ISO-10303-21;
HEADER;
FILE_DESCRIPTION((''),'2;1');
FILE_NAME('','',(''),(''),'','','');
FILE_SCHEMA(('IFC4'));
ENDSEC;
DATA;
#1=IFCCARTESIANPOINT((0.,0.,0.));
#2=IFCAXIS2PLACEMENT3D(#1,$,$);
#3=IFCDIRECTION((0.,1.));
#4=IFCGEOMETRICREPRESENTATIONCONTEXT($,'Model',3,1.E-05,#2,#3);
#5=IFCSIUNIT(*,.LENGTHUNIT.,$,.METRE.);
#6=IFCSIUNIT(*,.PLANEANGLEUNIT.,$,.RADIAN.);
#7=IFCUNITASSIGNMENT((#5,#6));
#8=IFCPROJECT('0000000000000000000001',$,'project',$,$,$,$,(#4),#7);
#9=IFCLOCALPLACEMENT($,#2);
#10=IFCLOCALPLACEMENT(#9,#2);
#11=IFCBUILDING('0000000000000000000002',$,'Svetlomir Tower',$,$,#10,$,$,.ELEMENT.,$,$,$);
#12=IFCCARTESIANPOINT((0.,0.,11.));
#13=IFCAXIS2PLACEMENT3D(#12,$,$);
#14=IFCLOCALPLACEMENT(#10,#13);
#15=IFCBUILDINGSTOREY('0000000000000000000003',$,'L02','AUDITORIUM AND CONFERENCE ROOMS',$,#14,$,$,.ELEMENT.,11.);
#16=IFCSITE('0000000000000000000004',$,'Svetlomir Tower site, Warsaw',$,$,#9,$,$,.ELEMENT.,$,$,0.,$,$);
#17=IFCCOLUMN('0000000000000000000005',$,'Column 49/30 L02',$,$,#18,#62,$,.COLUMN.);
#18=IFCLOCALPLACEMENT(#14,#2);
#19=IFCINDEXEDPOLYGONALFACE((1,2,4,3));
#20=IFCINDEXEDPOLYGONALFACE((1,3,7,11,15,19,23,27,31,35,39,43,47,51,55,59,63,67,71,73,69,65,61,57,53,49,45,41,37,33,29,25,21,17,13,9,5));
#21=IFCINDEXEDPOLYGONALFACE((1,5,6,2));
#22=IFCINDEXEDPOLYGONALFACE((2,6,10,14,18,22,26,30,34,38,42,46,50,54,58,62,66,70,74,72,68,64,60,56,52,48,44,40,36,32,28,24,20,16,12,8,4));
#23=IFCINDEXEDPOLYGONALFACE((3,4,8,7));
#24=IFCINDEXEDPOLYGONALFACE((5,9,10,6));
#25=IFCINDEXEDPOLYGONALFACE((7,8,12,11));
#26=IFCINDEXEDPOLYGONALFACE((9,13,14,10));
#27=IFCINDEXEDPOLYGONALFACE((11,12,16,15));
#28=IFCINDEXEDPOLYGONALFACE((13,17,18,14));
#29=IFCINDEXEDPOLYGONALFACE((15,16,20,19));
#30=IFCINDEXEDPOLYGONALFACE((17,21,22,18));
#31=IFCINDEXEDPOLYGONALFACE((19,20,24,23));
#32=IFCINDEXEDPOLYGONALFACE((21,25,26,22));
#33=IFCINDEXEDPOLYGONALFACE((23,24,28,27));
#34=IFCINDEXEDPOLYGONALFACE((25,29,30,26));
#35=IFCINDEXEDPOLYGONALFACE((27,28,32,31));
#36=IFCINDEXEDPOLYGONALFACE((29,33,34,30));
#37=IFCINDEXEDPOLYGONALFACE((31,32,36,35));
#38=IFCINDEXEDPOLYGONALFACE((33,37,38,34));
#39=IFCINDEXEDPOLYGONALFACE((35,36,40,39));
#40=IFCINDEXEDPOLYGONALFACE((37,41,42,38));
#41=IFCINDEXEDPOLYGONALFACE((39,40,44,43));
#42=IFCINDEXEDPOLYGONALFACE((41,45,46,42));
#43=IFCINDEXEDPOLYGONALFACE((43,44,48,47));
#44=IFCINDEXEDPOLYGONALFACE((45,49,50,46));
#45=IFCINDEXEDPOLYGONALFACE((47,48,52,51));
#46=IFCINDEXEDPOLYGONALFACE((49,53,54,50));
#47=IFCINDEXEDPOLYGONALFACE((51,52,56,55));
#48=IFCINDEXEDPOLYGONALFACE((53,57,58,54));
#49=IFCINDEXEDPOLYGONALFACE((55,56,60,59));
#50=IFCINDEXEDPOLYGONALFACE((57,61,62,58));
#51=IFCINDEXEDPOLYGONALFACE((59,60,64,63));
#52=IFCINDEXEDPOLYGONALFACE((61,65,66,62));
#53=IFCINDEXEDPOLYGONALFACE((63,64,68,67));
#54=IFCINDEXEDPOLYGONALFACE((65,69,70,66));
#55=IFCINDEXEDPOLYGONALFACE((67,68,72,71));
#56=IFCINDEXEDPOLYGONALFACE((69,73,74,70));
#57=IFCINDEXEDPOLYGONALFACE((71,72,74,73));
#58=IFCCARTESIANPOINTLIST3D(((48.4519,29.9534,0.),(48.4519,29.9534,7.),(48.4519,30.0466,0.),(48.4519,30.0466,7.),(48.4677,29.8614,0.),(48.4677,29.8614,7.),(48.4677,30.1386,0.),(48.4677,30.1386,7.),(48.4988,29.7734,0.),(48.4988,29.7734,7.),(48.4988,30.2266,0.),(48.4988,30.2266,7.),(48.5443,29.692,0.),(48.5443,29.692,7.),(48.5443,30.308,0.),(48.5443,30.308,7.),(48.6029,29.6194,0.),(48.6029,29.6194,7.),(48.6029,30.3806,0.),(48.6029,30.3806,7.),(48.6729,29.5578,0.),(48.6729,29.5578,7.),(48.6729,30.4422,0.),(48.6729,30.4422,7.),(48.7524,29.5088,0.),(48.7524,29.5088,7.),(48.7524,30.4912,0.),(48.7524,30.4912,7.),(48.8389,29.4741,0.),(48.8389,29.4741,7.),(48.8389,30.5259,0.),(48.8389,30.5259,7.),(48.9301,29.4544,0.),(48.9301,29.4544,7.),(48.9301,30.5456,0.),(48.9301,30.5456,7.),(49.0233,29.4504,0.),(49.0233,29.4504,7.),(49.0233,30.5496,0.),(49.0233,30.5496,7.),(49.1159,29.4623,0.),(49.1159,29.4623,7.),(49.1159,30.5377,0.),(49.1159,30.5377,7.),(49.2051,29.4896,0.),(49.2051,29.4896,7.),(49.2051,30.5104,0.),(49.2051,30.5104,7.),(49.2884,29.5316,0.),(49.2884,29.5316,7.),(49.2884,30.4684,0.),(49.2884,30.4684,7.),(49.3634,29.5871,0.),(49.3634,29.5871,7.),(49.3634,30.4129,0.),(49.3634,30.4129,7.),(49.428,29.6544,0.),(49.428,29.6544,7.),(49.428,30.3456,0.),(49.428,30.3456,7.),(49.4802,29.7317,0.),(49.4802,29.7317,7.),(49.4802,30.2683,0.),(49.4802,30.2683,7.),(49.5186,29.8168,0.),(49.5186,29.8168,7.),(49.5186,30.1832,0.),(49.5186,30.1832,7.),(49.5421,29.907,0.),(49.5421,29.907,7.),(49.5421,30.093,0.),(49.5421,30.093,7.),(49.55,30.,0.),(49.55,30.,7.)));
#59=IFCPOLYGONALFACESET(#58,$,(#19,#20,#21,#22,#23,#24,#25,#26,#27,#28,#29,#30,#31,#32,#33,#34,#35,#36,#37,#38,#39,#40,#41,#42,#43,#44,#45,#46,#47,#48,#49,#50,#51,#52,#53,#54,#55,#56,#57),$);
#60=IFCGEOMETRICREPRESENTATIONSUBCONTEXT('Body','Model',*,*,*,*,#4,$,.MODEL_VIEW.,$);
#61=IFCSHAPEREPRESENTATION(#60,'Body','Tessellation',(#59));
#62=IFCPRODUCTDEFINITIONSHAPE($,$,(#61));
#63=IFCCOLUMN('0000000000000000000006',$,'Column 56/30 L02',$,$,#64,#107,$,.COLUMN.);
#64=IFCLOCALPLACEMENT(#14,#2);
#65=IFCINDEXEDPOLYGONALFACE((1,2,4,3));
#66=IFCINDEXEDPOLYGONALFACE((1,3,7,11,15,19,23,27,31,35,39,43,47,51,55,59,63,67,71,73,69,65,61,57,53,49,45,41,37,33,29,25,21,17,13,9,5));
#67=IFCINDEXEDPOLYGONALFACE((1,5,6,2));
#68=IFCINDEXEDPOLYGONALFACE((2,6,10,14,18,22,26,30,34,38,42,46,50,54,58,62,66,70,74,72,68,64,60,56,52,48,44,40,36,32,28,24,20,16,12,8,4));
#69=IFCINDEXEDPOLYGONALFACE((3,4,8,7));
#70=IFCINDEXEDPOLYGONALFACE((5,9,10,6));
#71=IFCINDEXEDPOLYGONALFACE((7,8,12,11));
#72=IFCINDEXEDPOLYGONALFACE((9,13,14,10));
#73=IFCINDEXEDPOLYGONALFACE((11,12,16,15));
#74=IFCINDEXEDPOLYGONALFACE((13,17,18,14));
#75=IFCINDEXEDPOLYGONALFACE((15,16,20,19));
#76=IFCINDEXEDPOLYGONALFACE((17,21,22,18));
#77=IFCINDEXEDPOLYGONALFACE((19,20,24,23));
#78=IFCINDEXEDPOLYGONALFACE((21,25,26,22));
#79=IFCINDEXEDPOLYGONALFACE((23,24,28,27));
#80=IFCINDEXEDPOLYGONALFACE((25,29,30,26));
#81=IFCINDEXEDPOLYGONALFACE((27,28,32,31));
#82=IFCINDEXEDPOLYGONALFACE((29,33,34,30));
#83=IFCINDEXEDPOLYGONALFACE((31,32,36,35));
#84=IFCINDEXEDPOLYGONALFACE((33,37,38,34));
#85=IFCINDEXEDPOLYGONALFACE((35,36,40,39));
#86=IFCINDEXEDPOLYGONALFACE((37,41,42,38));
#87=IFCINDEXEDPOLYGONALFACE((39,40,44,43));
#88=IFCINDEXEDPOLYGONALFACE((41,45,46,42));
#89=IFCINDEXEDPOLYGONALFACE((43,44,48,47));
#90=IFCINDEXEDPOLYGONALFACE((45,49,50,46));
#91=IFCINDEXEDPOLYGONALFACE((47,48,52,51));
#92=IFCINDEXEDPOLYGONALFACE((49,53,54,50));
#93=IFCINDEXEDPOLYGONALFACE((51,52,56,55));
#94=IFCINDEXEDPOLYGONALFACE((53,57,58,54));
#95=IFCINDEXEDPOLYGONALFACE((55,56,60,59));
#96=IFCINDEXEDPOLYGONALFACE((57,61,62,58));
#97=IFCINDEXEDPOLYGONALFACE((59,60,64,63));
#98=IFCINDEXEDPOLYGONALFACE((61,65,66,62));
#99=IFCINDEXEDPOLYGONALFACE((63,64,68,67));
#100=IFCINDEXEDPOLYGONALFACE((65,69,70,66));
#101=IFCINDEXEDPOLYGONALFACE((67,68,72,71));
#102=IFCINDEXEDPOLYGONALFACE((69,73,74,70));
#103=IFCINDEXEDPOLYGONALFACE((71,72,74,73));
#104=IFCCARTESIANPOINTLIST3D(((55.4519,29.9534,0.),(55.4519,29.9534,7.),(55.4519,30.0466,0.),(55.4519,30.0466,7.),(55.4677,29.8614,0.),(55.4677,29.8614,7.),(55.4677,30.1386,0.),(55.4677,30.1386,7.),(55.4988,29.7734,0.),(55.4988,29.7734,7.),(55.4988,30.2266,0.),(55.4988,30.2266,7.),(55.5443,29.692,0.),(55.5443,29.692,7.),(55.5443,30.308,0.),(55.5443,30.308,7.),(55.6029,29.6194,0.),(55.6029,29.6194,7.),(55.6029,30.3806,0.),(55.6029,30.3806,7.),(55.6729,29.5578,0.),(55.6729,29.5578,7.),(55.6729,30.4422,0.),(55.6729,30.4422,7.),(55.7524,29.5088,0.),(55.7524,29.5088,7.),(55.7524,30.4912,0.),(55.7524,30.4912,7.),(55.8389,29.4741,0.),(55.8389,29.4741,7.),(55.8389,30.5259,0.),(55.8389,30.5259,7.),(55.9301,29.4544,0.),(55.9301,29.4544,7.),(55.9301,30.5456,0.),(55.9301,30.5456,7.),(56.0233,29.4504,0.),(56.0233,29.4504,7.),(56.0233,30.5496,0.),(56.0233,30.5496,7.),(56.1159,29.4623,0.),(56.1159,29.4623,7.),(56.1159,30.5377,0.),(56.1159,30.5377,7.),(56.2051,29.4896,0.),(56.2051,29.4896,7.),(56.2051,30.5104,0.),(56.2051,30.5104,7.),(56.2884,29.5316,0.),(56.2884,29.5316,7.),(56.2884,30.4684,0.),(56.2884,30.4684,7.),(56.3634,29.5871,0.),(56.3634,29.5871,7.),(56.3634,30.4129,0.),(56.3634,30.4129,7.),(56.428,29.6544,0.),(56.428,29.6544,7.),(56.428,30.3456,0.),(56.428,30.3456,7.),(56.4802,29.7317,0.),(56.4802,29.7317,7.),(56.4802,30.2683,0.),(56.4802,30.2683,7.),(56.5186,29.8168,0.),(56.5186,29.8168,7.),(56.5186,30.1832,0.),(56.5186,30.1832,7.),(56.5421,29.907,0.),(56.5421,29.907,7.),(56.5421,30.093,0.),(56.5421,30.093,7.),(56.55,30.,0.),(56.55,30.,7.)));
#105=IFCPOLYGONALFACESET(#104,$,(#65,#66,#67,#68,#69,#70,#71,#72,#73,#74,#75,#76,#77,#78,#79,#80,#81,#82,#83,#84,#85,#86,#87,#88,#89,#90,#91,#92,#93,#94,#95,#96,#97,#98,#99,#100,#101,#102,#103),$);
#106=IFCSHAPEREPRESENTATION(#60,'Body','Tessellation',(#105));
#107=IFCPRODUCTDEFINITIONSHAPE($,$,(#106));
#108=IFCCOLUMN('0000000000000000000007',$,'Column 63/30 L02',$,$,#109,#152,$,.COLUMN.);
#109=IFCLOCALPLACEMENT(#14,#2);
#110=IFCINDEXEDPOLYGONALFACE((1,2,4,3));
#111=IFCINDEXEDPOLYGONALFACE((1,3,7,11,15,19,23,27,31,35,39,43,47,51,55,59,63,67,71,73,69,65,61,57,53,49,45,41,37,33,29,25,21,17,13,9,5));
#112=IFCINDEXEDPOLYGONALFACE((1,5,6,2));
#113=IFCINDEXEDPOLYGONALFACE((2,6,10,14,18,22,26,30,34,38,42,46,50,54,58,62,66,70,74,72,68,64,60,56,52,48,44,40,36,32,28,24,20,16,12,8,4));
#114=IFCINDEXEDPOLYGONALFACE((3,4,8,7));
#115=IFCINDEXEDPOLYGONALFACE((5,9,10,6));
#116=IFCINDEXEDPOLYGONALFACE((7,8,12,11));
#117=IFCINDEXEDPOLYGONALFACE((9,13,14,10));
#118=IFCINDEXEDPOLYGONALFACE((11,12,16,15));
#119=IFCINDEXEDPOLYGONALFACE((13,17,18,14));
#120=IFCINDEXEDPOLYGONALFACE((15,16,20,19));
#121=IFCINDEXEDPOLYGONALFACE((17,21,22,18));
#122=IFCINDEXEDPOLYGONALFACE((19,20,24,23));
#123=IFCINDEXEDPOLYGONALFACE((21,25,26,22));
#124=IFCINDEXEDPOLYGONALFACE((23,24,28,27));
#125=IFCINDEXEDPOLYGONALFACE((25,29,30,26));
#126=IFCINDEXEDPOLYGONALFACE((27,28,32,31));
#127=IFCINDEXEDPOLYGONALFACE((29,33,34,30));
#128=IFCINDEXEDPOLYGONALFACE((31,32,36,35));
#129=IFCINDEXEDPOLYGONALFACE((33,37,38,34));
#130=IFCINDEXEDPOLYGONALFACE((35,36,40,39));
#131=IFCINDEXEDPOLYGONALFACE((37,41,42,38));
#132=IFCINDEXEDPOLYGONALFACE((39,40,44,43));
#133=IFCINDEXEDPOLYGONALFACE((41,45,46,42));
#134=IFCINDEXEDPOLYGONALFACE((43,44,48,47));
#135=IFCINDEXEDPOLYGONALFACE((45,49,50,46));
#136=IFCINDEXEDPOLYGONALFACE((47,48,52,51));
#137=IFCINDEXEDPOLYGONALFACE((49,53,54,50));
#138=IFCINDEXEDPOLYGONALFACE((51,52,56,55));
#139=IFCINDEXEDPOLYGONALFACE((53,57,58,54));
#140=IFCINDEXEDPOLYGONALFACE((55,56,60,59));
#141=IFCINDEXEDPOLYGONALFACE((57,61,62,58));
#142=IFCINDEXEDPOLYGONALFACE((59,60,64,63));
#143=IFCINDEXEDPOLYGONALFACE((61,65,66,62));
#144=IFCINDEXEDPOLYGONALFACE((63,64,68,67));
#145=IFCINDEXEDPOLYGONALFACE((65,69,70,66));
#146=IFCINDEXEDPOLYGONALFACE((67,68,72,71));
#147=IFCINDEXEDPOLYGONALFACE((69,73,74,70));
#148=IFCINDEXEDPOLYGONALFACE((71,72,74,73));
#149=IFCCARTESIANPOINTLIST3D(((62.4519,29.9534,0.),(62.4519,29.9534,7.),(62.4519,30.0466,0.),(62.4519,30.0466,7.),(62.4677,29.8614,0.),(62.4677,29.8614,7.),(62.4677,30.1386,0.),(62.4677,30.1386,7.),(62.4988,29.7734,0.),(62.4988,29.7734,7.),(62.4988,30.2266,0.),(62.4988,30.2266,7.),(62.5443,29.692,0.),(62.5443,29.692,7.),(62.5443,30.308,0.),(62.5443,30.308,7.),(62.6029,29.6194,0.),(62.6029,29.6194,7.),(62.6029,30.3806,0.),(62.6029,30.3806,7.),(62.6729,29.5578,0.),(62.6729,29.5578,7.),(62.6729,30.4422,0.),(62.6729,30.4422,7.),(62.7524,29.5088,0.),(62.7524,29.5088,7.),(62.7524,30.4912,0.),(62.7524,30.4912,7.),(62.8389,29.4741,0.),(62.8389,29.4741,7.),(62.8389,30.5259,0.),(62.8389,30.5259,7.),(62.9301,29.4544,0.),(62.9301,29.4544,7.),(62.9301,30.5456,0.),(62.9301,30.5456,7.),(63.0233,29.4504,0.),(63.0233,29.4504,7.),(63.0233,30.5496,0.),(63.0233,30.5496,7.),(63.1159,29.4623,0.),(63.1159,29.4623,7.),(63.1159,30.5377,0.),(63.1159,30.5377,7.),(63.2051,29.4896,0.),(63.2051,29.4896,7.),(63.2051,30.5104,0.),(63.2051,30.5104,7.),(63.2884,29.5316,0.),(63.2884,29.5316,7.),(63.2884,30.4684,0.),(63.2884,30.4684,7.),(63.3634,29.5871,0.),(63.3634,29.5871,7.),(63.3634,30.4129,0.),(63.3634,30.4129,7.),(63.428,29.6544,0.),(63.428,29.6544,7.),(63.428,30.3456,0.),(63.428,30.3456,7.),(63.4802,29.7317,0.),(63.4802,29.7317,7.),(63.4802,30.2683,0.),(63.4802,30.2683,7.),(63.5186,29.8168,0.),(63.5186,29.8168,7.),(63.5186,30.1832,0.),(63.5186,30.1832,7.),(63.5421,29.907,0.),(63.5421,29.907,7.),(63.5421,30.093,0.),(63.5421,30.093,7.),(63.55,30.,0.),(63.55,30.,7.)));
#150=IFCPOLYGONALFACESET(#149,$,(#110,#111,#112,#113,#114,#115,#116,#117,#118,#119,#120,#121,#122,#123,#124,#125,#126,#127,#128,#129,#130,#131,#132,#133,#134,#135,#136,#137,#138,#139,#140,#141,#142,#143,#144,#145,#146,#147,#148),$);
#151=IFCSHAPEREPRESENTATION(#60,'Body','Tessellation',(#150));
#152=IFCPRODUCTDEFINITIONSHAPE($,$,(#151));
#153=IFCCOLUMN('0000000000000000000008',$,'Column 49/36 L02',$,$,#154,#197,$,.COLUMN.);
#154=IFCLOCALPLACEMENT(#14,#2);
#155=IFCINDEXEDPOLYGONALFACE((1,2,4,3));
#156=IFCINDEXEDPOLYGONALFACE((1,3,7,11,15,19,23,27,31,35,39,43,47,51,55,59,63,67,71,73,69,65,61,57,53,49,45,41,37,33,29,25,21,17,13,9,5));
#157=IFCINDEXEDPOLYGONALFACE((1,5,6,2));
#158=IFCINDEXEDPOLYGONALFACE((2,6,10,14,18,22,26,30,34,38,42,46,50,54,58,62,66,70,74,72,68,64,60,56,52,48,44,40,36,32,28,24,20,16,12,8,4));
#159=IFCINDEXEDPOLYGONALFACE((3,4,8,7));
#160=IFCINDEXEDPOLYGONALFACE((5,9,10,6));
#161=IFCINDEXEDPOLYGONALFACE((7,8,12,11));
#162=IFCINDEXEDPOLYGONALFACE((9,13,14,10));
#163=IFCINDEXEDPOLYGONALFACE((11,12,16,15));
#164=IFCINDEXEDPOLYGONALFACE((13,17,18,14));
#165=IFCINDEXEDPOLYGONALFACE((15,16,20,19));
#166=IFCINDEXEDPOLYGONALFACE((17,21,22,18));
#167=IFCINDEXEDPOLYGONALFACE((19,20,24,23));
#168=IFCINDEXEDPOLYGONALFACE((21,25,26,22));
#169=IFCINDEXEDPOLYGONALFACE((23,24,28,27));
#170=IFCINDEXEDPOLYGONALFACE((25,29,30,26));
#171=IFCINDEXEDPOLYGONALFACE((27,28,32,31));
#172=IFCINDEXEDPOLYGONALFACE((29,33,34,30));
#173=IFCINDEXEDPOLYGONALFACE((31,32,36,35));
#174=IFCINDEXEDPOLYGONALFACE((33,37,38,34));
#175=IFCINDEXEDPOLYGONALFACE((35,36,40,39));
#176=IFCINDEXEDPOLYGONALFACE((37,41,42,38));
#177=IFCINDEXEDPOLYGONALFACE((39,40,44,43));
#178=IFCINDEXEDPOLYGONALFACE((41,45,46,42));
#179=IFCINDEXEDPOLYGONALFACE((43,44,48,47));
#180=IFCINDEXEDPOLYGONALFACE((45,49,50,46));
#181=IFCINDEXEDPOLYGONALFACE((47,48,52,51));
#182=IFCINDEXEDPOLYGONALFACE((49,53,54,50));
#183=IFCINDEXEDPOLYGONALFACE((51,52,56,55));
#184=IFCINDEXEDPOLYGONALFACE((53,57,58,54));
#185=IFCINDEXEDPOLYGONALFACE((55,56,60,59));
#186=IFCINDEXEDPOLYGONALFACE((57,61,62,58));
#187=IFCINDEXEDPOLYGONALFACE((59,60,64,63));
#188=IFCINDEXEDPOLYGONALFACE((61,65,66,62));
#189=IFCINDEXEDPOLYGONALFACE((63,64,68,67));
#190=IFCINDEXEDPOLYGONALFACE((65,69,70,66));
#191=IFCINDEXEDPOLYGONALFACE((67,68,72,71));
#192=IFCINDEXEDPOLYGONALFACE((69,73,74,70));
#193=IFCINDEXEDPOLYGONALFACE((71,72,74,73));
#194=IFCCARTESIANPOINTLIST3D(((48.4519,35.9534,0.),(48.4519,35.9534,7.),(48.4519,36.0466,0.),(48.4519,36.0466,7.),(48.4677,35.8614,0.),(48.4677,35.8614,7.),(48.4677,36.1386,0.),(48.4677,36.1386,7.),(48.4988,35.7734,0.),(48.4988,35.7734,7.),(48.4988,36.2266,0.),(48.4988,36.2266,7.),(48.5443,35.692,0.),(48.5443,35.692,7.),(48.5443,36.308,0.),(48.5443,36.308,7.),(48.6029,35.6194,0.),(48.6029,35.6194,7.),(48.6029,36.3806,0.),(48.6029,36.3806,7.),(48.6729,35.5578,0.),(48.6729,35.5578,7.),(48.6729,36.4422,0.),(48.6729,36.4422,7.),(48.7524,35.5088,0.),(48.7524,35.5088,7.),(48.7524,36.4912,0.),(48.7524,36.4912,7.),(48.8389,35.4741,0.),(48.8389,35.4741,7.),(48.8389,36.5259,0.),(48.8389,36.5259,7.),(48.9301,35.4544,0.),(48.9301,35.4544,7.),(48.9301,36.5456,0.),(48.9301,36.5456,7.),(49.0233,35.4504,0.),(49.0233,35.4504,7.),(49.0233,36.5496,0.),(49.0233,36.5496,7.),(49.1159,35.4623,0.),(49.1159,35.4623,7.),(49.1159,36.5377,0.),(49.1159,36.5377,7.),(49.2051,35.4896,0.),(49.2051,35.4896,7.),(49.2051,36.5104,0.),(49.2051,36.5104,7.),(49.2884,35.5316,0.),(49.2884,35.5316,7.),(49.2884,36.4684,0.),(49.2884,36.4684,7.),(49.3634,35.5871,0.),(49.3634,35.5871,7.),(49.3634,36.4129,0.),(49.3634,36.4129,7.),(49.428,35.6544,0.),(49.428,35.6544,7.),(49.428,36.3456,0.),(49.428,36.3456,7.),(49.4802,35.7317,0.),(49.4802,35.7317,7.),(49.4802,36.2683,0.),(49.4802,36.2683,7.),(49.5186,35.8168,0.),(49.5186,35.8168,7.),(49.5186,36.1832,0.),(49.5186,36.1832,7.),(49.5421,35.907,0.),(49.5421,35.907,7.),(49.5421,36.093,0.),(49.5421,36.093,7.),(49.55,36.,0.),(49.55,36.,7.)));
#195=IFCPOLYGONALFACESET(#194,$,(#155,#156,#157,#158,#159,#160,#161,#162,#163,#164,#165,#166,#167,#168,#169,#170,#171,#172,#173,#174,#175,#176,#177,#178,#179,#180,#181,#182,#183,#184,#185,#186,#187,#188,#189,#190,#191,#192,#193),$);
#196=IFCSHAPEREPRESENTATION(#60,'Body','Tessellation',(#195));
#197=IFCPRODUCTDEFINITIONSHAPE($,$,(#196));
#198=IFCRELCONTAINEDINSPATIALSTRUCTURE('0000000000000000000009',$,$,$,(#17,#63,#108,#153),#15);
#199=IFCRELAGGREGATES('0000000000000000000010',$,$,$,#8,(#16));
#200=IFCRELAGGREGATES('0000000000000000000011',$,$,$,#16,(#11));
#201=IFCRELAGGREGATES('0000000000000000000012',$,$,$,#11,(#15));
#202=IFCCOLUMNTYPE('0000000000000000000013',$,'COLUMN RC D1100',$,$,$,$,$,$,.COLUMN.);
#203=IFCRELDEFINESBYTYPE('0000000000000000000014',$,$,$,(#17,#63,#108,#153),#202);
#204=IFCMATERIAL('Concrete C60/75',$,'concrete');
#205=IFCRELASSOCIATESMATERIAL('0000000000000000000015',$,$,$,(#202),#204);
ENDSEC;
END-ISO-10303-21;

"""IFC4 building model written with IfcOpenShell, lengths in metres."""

from ifc_helpers import new_model, si_unit, direction, frame, origin, origin_2d, place, context, subcontext, project, spatial, circle, extrude, material, material_profile, profile_set, type_object, element, save


model = new_model("IFC4")

# Units and contexts
model_context = context("Model", 3, precision=1e-05, world=origin(), true_north=direction((0.0, 1.0)))
body_context = subcontext(model_context, "Body", "Model", "MODEL_VIEW")
ifc_project = project(units=[si_unit("LENGTHUNIT", "METRE"), si_unit("PLANEANGLEUNIT", "RADIAN")], contexts=[model_context])

# Site, building, storey
site_placement = place(None, origin())
site = spatial("IfcSite", under=ifc_project, at=site_placement, Name="Svetlomir Tower site, Warsaw", CompositionType="ELEMENT", RefElevation=0.0)
building_placement = place(site_placement, origin())
building = spatial("IfcBuilding", under=site, at=building_placement, Name="Svetlomir Tower", CompositionType="ELEMENT")
storey_placement = place(building_placement, frame((0.0, 0.0, 11.0)))
storey = spatial("IfcBuildingStorey", under=building, at=storey_placement, Name="L02", Description="AUDITORIUM AND CONFERENCE ROOMS", CompositionType="ELEMENT", Elevation=11.0)

# Columns
ifc_material_1 = material(Name="Concrete C60/75", Category="concrete")
ifc_material_profile_1 = material_profile(ifc_material_1, circle(Radius=0.55, at=origin_2d()), Name="RC D1100")
ifc_profile_set_1 = profile_set([ifc_material_profile_1], Name="Concrete C60/75")
column_type = type_object("IfcColumnType", Name="COLUMN RC D1100", PredefinedType="COLUMN", material=ifc_profile_set_1)
for number, where, z_axis, x_axis, name in (
    (1, (49.0, 30.0, 0.0), (0.0, 0.0, 1.0), (1.0, 0.0, 0.0), "Column 49/30 L02"),
    (2, (56.0, 30.0, 0.0), (0.0, 0.0, 1.0), (1.0, 0.0, 0.0), "Column 56/30 L02"),
    (3, (63.0, 30.0, 0.0), (0.0, 0.0, 1.0), (1.0, 0.0, 0.0), "Column 63/30 L02"),
    (4, (49.0, 36.0, 0.0), (0.0, 0.0, 1.0), (1.0, 0.0, 0.0), "Column 49/36 L02"),
):
    element("IfcColumn", number, at=place(storey_placement, frame(where, z_axis=z_axis, x_axis=x_axis)), inside=storey, type_object=column_type, Name=name, PredefinedType="COLUMN", context=body_context, shape_type="SweptSolid", body=[
        extrude(circle(Radius=0.55, at=origin_2d()), origin(), (0.0, 0.0, 1.0), 7.0),
    ])

save(model, "model.ifc")
